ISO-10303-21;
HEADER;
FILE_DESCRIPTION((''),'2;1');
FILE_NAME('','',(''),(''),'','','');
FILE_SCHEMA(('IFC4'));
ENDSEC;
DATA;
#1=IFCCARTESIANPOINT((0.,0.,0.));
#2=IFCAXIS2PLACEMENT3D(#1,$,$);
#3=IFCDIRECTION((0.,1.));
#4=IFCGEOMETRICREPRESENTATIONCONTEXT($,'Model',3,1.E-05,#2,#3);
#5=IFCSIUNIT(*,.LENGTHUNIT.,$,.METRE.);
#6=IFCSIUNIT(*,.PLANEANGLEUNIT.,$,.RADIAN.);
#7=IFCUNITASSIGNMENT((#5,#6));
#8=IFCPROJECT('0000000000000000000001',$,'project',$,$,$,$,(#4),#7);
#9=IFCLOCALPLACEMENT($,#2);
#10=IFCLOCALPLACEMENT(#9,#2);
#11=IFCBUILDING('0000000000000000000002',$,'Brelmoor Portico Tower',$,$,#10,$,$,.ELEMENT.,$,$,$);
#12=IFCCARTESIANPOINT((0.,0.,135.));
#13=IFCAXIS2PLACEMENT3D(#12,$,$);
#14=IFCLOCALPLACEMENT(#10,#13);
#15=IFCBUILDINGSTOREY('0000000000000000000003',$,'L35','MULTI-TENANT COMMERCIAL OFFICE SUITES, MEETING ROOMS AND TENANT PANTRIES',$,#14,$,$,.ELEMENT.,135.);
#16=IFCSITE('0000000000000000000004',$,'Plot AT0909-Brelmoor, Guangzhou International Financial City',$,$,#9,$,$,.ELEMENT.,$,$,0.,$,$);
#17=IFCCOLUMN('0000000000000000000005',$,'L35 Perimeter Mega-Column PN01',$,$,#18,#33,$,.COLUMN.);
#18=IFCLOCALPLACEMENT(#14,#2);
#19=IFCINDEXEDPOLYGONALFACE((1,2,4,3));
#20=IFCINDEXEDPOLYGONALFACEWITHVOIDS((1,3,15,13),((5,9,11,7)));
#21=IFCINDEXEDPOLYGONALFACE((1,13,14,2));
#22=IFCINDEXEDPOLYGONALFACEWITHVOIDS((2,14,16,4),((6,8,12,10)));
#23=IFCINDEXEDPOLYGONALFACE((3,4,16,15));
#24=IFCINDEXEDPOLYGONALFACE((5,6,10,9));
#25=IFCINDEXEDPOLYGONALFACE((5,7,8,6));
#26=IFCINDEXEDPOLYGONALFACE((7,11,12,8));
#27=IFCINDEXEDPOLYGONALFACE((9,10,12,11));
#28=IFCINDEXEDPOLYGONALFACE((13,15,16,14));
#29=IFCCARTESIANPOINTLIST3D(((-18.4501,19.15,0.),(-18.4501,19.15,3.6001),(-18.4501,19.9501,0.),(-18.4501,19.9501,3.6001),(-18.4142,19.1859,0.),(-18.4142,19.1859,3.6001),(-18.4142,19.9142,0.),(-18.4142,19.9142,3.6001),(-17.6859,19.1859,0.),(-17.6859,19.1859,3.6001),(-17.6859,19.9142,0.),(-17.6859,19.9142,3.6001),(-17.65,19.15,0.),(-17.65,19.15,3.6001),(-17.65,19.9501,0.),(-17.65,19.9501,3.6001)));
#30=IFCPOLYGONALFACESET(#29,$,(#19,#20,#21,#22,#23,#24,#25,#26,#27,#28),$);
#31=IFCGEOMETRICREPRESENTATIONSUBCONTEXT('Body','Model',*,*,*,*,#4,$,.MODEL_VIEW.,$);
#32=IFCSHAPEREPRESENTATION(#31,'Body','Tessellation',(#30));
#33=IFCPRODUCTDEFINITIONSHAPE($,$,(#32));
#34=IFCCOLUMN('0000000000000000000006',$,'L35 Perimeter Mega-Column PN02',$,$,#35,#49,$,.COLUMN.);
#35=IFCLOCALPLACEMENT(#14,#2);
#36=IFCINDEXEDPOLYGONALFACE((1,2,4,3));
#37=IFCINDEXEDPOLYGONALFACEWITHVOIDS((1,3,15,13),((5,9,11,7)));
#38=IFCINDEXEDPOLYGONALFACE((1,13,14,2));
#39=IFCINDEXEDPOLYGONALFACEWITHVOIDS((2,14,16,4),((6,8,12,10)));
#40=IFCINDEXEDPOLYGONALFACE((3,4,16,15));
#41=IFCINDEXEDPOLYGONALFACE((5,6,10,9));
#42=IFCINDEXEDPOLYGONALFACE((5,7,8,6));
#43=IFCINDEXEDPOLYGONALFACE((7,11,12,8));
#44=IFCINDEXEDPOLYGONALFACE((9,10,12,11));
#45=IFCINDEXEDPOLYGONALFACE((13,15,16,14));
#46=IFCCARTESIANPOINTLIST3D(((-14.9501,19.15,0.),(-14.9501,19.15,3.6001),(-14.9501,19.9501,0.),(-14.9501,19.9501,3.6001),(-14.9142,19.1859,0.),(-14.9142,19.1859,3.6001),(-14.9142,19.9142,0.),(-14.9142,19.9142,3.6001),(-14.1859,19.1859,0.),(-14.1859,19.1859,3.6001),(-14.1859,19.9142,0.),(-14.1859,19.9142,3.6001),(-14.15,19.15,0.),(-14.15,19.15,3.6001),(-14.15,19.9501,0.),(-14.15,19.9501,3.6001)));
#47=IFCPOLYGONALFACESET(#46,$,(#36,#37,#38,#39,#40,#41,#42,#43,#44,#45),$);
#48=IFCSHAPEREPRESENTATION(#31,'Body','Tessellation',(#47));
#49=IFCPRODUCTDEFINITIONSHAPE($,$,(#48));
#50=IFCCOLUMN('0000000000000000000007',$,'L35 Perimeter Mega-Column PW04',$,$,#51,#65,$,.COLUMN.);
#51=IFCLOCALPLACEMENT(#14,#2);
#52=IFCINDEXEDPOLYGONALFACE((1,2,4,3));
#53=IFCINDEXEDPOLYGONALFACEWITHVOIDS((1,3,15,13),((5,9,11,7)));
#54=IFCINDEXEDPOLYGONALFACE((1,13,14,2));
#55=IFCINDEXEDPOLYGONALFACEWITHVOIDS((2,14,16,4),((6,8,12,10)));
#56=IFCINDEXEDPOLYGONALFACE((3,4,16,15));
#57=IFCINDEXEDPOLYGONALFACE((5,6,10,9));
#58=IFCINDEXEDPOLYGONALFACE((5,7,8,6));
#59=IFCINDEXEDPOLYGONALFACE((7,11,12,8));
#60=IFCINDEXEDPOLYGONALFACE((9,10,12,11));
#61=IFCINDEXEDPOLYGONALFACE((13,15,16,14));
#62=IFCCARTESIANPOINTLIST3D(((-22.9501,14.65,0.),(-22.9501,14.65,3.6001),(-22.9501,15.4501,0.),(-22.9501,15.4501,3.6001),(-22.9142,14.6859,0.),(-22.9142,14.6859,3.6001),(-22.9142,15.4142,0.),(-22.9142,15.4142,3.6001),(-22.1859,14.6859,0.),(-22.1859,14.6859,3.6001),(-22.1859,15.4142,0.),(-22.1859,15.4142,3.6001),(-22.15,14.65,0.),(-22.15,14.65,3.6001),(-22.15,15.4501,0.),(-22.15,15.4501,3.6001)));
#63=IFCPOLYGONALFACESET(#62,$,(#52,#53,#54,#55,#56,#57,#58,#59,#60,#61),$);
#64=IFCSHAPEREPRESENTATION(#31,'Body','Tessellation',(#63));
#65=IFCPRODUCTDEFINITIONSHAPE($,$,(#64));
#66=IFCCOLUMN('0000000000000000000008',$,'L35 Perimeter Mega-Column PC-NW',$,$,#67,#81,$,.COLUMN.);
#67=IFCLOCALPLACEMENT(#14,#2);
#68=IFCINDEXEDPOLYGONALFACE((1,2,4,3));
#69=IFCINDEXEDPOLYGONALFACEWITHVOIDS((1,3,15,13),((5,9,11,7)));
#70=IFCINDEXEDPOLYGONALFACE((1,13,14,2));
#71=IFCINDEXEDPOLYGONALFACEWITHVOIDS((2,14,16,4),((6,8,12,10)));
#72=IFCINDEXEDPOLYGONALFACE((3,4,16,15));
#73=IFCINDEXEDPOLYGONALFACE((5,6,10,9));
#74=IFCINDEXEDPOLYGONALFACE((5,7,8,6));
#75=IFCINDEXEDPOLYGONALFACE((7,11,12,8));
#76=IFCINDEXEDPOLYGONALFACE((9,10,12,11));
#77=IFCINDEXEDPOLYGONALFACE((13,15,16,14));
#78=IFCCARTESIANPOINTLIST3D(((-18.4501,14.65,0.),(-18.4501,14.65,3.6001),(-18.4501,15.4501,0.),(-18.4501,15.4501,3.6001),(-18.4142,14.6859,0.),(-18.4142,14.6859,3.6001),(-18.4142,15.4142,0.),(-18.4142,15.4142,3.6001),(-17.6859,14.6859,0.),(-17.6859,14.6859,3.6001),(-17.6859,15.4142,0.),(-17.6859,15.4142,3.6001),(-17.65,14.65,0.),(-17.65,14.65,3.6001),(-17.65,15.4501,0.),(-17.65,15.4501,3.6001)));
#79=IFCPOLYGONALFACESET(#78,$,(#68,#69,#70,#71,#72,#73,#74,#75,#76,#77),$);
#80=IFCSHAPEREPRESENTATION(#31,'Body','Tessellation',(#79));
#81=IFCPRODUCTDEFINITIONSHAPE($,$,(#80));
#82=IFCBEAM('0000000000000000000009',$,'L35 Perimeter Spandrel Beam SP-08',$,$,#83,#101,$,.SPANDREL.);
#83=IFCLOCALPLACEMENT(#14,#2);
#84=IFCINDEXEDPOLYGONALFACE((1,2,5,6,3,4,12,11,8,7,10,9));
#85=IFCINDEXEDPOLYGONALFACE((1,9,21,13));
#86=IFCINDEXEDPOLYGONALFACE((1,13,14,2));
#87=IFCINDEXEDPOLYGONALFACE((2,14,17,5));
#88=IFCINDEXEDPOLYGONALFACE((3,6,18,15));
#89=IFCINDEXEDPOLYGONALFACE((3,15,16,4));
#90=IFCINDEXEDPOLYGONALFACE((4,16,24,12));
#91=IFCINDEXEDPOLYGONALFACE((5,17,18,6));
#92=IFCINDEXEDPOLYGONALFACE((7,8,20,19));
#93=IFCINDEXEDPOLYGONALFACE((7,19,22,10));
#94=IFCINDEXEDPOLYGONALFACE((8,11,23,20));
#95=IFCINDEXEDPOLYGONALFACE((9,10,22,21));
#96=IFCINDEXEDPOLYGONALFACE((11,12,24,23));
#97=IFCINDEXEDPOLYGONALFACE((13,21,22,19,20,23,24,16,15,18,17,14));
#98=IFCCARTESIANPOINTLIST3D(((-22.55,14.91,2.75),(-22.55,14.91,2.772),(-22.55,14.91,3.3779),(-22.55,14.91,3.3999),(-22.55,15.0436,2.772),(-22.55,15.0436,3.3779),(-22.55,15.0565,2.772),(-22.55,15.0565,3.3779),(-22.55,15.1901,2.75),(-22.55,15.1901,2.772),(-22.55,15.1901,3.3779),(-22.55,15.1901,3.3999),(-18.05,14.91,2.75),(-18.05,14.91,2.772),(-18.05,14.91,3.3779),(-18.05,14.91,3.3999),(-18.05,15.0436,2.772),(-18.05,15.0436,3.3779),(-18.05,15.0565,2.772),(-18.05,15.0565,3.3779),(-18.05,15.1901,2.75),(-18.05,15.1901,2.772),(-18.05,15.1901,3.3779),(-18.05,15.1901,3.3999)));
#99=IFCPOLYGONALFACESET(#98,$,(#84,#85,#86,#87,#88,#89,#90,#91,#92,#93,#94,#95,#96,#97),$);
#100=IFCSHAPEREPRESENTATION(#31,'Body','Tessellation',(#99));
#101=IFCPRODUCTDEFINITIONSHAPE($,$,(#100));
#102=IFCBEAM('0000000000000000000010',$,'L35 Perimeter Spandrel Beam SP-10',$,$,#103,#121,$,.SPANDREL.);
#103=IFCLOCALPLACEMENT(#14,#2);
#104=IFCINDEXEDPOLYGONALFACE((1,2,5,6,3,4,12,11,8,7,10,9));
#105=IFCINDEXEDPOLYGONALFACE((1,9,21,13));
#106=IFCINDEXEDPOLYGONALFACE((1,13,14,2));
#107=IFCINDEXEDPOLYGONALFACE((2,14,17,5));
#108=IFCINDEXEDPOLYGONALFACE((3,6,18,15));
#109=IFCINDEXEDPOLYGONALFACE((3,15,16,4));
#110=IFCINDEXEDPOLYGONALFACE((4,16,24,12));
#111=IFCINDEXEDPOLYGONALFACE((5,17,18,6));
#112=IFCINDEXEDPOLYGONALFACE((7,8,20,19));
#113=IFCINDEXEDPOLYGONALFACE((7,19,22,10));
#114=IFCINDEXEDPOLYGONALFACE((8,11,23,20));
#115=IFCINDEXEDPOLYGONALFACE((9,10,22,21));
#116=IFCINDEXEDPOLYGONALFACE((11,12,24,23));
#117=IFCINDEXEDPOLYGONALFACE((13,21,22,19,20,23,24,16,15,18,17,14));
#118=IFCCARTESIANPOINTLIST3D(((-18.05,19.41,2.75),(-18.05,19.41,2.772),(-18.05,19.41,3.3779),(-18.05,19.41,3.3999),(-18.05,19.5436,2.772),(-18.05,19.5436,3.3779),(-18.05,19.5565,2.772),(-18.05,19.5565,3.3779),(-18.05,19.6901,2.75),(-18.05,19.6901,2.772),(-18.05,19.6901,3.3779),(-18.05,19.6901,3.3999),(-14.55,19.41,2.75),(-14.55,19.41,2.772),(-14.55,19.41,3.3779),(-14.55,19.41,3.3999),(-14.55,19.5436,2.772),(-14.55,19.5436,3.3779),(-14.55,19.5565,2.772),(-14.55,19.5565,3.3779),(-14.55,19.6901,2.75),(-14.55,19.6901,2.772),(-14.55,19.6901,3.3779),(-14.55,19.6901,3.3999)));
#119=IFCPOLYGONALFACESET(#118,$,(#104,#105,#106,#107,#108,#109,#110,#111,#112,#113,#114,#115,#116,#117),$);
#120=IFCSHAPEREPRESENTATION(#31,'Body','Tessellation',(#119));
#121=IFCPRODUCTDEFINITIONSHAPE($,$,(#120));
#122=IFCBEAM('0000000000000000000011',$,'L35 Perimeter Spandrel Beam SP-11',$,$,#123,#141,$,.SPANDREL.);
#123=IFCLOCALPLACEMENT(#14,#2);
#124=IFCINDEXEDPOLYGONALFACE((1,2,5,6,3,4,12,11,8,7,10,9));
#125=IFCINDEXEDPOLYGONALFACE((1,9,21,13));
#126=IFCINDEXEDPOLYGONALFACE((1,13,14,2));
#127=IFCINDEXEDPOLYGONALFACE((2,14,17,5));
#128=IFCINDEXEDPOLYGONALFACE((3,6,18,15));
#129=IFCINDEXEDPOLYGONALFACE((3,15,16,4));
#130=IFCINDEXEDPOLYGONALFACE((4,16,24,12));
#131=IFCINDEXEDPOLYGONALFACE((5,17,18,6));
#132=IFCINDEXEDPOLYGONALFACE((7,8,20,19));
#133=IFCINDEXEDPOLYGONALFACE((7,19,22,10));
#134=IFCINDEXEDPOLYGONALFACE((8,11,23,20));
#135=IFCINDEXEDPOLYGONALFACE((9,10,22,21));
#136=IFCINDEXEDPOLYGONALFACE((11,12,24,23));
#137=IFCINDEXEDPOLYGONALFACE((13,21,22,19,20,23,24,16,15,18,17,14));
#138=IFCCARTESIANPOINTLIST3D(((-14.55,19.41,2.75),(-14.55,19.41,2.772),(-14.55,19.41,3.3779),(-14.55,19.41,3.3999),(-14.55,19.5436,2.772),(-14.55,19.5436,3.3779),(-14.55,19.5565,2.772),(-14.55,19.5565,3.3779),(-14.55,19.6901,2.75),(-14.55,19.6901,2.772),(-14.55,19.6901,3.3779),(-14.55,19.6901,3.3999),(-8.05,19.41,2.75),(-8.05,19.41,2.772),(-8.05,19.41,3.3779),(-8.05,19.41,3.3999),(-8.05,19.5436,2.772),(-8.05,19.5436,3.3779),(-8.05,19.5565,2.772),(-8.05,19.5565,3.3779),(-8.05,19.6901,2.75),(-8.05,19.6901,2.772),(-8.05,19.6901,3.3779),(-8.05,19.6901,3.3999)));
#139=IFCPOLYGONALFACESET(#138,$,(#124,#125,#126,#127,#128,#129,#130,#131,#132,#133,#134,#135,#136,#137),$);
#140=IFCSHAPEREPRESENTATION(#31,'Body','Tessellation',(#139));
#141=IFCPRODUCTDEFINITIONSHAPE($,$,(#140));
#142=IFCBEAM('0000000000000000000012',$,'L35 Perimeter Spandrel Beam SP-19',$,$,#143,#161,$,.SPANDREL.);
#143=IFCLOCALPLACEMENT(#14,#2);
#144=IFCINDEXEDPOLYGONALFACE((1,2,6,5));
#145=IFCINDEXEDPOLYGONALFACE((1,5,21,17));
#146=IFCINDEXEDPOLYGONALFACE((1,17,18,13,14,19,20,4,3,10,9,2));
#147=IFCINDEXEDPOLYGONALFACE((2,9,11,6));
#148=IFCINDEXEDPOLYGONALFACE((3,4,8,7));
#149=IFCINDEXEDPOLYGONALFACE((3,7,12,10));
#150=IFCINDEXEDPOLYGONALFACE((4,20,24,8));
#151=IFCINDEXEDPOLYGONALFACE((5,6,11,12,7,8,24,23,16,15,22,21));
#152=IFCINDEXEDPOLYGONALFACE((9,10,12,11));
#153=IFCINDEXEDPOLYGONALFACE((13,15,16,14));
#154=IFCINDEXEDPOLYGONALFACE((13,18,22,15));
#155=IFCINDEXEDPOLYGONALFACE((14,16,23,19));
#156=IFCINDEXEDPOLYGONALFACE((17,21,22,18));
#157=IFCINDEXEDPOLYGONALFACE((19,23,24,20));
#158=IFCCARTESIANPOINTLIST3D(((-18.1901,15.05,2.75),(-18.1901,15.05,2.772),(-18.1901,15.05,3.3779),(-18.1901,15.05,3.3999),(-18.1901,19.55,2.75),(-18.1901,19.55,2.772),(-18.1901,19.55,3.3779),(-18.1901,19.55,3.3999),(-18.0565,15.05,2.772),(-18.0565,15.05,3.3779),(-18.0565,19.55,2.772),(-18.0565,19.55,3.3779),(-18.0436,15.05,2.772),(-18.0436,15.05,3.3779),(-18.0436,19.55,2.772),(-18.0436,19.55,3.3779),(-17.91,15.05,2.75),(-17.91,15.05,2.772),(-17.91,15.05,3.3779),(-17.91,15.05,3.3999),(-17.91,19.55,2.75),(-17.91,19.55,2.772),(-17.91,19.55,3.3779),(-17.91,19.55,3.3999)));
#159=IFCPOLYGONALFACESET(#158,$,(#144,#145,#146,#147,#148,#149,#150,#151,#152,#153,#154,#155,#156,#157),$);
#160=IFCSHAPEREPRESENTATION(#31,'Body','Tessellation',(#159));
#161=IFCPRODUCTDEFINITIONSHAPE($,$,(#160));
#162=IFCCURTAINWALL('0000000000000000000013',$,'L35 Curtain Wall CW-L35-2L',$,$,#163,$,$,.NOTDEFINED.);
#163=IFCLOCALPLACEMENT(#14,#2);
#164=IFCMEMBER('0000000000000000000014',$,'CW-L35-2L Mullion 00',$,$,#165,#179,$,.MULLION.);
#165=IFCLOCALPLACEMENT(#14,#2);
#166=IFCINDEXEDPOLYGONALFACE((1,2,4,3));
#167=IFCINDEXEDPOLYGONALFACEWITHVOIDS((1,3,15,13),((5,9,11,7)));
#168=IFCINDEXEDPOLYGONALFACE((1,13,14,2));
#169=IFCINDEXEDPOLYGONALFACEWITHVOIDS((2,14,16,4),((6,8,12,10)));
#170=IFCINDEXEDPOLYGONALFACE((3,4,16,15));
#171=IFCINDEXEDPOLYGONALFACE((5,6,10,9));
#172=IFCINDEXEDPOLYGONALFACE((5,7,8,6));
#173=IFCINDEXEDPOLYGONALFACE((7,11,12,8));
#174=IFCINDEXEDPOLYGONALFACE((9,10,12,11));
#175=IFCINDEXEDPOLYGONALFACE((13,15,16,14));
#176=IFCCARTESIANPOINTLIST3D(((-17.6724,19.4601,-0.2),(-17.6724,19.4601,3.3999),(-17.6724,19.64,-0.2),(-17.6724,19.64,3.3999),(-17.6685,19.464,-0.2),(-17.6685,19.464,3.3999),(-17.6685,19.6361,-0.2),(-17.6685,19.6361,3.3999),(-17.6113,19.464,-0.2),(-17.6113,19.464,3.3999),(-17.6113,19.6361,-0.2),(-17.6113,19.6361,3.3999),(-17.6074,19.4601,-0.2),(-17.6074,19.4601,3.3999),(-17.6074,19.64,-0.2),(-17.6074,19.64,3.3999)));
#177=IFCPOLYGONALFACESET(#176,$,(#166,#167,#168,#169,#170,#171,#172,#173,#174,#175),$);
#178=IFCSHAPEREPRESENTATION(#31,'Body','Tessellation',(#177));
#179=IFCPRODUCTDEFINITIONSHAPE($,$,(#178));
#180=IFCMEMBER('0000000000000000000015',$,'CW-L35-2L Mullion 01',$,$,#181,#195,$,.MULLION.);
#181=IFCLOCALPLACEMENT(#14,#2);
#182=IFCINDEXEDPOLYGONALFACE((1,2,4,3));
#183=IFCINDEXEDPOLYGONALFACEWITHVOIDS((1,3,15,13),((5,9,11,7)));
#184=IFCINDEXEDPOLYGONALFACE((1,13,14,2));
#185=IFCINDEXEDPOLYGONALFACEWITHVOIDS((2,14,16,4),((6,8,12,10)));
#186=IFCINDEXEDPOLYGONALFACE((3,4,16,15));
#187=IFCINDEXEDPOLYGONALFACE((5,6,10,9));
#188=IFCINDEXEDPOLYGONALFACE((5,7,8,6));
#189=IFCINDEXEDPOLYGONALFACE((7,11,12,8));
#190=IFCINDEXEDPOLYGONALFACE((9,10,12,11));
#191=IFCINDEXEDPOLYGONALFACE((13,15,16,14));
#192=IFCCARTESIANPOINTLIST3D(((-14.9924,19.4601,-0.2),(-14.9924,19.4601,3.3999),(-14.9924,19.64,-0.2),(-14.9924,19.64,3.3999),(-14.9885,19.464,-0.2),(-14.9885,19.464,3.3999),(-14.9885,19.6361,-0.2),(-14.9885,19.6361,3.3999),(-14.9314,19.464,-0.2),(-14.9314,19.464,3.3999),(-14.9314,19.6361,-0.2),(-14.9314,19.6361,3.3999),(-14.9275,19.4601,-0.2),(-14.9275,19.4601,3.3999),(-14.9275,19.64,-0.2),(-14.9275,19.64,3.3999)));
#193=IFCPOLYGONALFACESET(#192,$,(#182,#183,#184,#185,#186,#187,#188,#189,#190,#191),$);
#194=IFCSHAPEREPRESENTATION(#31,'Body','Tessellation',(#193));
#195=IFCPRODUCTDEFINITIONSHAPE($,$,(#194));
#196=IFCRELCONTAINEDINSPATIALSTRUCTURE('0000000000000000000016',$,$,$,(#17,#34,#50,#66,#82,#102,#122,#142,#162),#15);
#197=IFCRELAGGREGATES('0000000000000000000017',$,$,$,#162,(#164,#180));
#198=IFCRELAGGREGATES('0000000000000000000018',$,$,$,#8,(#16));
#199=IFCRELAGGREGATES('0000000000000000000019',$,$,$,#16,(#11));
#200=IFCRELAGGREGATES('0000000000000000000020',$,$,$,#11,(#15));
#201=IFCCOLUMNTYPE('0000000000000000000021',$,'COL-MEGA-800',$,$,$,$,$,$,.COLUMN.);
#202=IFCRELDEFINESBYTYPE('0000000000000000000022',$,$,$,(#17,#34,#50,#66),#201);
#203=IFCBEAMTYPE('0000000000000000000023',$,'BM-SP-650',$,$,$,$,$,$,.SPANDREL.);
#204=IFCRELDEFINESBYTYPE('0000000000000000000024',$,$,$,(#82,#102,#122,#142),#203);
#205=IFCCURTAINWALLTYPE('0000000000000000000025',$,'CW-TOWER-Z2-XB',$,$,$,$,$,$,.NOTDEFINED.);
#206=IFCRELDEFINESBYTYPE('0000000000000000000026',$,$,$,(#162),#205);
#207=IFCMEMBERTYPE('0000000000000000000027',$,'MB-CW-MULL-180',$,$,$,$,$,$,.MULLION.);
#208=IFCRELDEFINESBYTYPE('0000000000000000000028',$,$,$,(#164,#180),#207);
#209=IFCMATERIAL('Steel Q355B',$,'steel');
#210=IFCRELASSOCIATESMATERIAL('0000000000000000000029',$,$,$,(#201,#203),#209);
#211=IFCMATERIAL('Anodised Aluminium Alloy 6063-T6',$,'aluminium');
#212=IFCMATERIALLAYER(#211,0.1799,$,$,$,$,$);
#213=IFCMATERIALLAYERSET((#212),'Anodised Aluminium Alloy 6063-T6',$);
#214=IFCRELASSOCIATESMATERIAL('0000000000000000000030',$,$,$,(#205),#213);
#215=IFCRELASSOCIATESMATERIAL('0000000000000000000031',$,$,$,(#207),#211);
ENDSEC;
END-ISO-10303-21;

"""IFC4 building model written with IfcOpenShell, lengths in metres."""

from ifc_helpers import new_model, si_unit, direction, frame, origin, origin_2d, place, context, subcontext, project, spatial, hollow_rectangle, i_section, extrude, material, layer, layer_set, material_profile, profile_set, type_object, element, aggregate, save


model = new_model("IFC4")

# Units and contexts
model_context = context("Model", 3, precision=1e-05, world=origin(), true_north=direction((0.0, 1.0)))
body_context = subcontext(model_context, "Body", "Model", "MODEL_VIEW")
ifc_project = project(units=[si_unit("LENGTHUNIT", "METRE"), si_unit("PLANEANGLEUNIT", "RADIAN")], contexts=[model_context])

# Site, building, storey
site_placement = place(None, origin())
site = spatial("IfcSite", under=ifc_project, at=site_placement, Name="Plot AT0909-Brelmoor, Guangzhou International Financial City", CompositionType="ELEMENT", RefElevation=0.0)
building_placement = place(site_placement, origin())
building = spatial("IfcBuilding", under=site, at=building_placement, Name="Brelmoor Portico Tower", CompositionType="ELEMENT")
storey_placement = place(building_placement, frame((0.0, 0.0, 135.0)))
storey = spatial("IfcBuildingStorey", under=building, at=storey_placement, Name="L35", Description="MULTI-TENANT COMMERCIAL OFFICE SUITES, MEETING ROOMS AND TENANT PANTRIES", CompositionType="ELEMENT", Elevation=135.0)

# Columns
ifc_material_1 = material(Name="Steel Q355B", Category="steel")
ifc_material_profile_1 = material_profile(ifc_material_1, hollow_rectangle(XDim=0.8, YDim=0.8, WallThickness=0.0359, at=origin_2d()), Name="BOX 800x800x36")
ifc_profile_set_1 = profile_set([ifc_material_profile_1], Name="Steel Q355B")
column_type = type_object("IfcColumnType", Name="COL-MEGA-800", PredefinedType="COLUMN", material=ifc_profile_set_1)
for number, where, z_axis, x_axis, name in (
    (1, (-18.05, 19.55, 0.0), (0.0, 0.0, 1.0), (1.0, 0.0, 0.0), "L35 Perimeter Mega-Column PN01"),
    (2, (-14.55, 19.55, 0.0), (0.0, 0.0, 1.0), (1.0, 0.0, 0.0), "L35 Perimeter Mega-Column PN02"),
    (3, (-22.55, 15.05, 0.0), (0.0, 0.0, 1.0), (0.0, 1.0, 0.0), "L35 Perimeter Mega-Column PW04"),
    (4, (-18.05, 15.05, 0.0), (0.0, 0.0, 1.0), (1.0, 0.0, 0.0), "L35 Perimeter Mega-Column PC-NW"),
):
    element("IfcColumn", number, at=place(storey_placement, frame(where, z_axis=z_axis, x_axis=x_axis)), inside=storey, type_object=column_type, Name=name, PredefinedType="COLUMN", context=body_context, shape_type="SweptSolid", body=[
        extrude(hollow_rectangle(XDim=0.8, YDim=0.8, WallThickness=0.0359, at=origin_2d()), origin(), (0.0, 0.0, 1.0), 3.6001),
    ])

# Beams
ifc_material_profile_2 = material_profile(ifc_material_1, i_section(OverallWidth=0.28, OverallDepth=0.6499, WebThickness=0.0129, FlangeThickness=0.022, at=origin_2d()), Name="HN 650x280x13x22")
ifc_profile_set_2 = profile_set([ifc_material_profile_2], Name="Steel Q355B")
beam_type = type_object("IfcBeamType", Name="BM-SP-650", PredefinedType="SPANDREL", material=ifc_profile_set_2)
beam_1_placement = place(storey_placement, frame((-22.55, 15.05, 3.075), z_axis=(1.0, 0.0, 0.0), x_axis=(0.0, 1.0, 0.0)))
element("IfcBeam", 5, at=beam_1_placement, inside=storey, type_object=beam_type, Name="L35 Perimeter Spandrel Beam SP-08", PredefinedType="SPANDREL", context=body_context, shape_type="SweptSolid", body=[
    extrude(i_section(OverallWidth=0.28, OverallDepth=0.6499, WebThickness=0.0129, FlangeThickness=0.022, at=origin_2d()), origin(), (0.0, 0.0, 1.0), 4.5),
])
beam_2_placement = place(storey_placement, frame((-18.05, 19.55, 3.075), z_axis=(1.0, 0.0, 0.0), x_axis=(0.0, 1.0, 0.0)))
element("IfcBeam", 6, at=beam_2_placement, inside=storey, type_object=beam_type, Name="L35 Perimeter Spandrel Beam SP-10", PredefinedType="SPANDREL", context=body_context, shape_type="SweptSolid", body=[
    extrude(i_section(OverallWidth=0.28, OverallDepth=0.6499, WebThickness=0.0129, FlangeThickness=0.022, at=origin_2d()), origin(), (0.0, 0.0, 1.0), 3.5),
])
beam_3_placement = place(storey_placement, frame((-14.55, 19.55, 3.075), z_axis=(1.0, 0.0, 0.0), x_axis=(0.0, 1.0, 0.0)))
element("IfcBeam", 7, at=beam_3_placement, inside=storey, type_object=beam_type, Name="L35 Perimeter Spandrel Beam SP-11", PredefinedType="SPANDREL", context=body_context, shape_type="SweptSolid", body=[
    extrude(i_section(OverallWidth=0.28, OverallDepth=0.6499, WebThickness=0.0129, FlangeThickness=0.022, at=origin_2d()), origin(), (0.0, 0.0, 1.0), 6.5),
])
beam_4_placement = place(storey_placement, frame((-18.05, 15.05, 3.075), z_axis=(0.0, 1.0, 0.0), x_axis=(-1.0, 0.0, 0.0)))
element("IfcBeam", 8, at=beam_4_placement, inside=storey, type_object=beam_type, Name="L35 Perimeter Spandrel Beam SP-19", PredefinedType="SPANDREL", context=body_context, shape_type="SweptSolid", body=[
    extrude(i_section(OverallWidth=0.28, OverallDepth=0.6499, WebThickness=0.0129, FlangeThickness=0.022, at=origin_2d()), origin(), (0.0, 0.0, 1.0), 4.5),
])

# Curtain wall, members
ifc_material_2 = material(Name="Anodised Aluminium Alloy 6063-T6", Category="aluminium")
ifc_layer_1 = layer(ifc_material_2, 0.1799)
ifc_layer_set_1 = layer_set([ifc_layer_1], Name="Anodised Aluminium Alloy 6063-T6")
curtain_wall_type = type_object("IfcCurtainWallType", Name="CW-TOWER-Z2-XB", PredefinedType="NOTDEFINED", material=ifc_layer_set_1)
curtain_wall_1_placement = place(storey_placement, origin())
curtain_wall_1 = element("IfcCurtainWall", 9, at=curtain_wall_1_placement, inside=storey, type_object=curtain_wall_type, Name="L35 Curtain Wall CW-L35-2L", PredefinedType="NOTDEFINED")
ifc_material_profile_3 = material_profile(ifc_material_2, hollow_rectangle(XDim=0.0649, YDim=0.1799, WallThickness=0.0039, at=origin_2d()), Name="ALU MULLION 65x180")
ifc_profile_set_3 = profile_set([ifc_material_profile_3], Name="Anodised Aluminium Alloy 6063-T6")
member_type_1 = type_object("IfcMemberType", Name="MB-CW-MULL-180", PredefinedType="MULLION", material=ifc_profile_set_3)
member_1_placement = place(storey_placement, frame((-17.6399, 19.55, -0.2), z_axis=(0.0, 0.0, 1.0), x_axis=(1.0, 0.0, 0.0)))
member_1 = element("IfcMember", 10, at=member_1_placement, type_object=member_type_1, Name="CW-L35-2L Mullion 00", PredefinedType="MULLION", context=body_context, shape_type="SweptSolid", body=[
    extrude(hollow_rectangle(XDim=0.0649, YDim=0.1799, WallThickness=0.0039, at=origin_2d()), origin(), (0.0, 0.0, 1.0), 3.5999),
])
member_2_placement = place(storey_placement, frame((-14.96, 19.55, -0.2), z_axis=(0.0, 0.0, 1.0), x_axis=(1.0, 0.0, 0.0)))
member_2 = element("IfcMember", 11, at=member_2_placement, type_object=member_type_1, Name="CW-L35-2L Mullion 01", PredefinedType="MULLION", context=body_context, shape_type="SweptSolid", body=[
    extrude(hollow_rectangle(XDim=0.0649, YDim=0.1799, WallThickness=0.0039, at=origin_2d()), origin(), (0.0, 0.0, 1.0), 3.5999),
])

aggregate(curtain_wall_1, [member_1, member_2])

save(model, "model.ifc")
